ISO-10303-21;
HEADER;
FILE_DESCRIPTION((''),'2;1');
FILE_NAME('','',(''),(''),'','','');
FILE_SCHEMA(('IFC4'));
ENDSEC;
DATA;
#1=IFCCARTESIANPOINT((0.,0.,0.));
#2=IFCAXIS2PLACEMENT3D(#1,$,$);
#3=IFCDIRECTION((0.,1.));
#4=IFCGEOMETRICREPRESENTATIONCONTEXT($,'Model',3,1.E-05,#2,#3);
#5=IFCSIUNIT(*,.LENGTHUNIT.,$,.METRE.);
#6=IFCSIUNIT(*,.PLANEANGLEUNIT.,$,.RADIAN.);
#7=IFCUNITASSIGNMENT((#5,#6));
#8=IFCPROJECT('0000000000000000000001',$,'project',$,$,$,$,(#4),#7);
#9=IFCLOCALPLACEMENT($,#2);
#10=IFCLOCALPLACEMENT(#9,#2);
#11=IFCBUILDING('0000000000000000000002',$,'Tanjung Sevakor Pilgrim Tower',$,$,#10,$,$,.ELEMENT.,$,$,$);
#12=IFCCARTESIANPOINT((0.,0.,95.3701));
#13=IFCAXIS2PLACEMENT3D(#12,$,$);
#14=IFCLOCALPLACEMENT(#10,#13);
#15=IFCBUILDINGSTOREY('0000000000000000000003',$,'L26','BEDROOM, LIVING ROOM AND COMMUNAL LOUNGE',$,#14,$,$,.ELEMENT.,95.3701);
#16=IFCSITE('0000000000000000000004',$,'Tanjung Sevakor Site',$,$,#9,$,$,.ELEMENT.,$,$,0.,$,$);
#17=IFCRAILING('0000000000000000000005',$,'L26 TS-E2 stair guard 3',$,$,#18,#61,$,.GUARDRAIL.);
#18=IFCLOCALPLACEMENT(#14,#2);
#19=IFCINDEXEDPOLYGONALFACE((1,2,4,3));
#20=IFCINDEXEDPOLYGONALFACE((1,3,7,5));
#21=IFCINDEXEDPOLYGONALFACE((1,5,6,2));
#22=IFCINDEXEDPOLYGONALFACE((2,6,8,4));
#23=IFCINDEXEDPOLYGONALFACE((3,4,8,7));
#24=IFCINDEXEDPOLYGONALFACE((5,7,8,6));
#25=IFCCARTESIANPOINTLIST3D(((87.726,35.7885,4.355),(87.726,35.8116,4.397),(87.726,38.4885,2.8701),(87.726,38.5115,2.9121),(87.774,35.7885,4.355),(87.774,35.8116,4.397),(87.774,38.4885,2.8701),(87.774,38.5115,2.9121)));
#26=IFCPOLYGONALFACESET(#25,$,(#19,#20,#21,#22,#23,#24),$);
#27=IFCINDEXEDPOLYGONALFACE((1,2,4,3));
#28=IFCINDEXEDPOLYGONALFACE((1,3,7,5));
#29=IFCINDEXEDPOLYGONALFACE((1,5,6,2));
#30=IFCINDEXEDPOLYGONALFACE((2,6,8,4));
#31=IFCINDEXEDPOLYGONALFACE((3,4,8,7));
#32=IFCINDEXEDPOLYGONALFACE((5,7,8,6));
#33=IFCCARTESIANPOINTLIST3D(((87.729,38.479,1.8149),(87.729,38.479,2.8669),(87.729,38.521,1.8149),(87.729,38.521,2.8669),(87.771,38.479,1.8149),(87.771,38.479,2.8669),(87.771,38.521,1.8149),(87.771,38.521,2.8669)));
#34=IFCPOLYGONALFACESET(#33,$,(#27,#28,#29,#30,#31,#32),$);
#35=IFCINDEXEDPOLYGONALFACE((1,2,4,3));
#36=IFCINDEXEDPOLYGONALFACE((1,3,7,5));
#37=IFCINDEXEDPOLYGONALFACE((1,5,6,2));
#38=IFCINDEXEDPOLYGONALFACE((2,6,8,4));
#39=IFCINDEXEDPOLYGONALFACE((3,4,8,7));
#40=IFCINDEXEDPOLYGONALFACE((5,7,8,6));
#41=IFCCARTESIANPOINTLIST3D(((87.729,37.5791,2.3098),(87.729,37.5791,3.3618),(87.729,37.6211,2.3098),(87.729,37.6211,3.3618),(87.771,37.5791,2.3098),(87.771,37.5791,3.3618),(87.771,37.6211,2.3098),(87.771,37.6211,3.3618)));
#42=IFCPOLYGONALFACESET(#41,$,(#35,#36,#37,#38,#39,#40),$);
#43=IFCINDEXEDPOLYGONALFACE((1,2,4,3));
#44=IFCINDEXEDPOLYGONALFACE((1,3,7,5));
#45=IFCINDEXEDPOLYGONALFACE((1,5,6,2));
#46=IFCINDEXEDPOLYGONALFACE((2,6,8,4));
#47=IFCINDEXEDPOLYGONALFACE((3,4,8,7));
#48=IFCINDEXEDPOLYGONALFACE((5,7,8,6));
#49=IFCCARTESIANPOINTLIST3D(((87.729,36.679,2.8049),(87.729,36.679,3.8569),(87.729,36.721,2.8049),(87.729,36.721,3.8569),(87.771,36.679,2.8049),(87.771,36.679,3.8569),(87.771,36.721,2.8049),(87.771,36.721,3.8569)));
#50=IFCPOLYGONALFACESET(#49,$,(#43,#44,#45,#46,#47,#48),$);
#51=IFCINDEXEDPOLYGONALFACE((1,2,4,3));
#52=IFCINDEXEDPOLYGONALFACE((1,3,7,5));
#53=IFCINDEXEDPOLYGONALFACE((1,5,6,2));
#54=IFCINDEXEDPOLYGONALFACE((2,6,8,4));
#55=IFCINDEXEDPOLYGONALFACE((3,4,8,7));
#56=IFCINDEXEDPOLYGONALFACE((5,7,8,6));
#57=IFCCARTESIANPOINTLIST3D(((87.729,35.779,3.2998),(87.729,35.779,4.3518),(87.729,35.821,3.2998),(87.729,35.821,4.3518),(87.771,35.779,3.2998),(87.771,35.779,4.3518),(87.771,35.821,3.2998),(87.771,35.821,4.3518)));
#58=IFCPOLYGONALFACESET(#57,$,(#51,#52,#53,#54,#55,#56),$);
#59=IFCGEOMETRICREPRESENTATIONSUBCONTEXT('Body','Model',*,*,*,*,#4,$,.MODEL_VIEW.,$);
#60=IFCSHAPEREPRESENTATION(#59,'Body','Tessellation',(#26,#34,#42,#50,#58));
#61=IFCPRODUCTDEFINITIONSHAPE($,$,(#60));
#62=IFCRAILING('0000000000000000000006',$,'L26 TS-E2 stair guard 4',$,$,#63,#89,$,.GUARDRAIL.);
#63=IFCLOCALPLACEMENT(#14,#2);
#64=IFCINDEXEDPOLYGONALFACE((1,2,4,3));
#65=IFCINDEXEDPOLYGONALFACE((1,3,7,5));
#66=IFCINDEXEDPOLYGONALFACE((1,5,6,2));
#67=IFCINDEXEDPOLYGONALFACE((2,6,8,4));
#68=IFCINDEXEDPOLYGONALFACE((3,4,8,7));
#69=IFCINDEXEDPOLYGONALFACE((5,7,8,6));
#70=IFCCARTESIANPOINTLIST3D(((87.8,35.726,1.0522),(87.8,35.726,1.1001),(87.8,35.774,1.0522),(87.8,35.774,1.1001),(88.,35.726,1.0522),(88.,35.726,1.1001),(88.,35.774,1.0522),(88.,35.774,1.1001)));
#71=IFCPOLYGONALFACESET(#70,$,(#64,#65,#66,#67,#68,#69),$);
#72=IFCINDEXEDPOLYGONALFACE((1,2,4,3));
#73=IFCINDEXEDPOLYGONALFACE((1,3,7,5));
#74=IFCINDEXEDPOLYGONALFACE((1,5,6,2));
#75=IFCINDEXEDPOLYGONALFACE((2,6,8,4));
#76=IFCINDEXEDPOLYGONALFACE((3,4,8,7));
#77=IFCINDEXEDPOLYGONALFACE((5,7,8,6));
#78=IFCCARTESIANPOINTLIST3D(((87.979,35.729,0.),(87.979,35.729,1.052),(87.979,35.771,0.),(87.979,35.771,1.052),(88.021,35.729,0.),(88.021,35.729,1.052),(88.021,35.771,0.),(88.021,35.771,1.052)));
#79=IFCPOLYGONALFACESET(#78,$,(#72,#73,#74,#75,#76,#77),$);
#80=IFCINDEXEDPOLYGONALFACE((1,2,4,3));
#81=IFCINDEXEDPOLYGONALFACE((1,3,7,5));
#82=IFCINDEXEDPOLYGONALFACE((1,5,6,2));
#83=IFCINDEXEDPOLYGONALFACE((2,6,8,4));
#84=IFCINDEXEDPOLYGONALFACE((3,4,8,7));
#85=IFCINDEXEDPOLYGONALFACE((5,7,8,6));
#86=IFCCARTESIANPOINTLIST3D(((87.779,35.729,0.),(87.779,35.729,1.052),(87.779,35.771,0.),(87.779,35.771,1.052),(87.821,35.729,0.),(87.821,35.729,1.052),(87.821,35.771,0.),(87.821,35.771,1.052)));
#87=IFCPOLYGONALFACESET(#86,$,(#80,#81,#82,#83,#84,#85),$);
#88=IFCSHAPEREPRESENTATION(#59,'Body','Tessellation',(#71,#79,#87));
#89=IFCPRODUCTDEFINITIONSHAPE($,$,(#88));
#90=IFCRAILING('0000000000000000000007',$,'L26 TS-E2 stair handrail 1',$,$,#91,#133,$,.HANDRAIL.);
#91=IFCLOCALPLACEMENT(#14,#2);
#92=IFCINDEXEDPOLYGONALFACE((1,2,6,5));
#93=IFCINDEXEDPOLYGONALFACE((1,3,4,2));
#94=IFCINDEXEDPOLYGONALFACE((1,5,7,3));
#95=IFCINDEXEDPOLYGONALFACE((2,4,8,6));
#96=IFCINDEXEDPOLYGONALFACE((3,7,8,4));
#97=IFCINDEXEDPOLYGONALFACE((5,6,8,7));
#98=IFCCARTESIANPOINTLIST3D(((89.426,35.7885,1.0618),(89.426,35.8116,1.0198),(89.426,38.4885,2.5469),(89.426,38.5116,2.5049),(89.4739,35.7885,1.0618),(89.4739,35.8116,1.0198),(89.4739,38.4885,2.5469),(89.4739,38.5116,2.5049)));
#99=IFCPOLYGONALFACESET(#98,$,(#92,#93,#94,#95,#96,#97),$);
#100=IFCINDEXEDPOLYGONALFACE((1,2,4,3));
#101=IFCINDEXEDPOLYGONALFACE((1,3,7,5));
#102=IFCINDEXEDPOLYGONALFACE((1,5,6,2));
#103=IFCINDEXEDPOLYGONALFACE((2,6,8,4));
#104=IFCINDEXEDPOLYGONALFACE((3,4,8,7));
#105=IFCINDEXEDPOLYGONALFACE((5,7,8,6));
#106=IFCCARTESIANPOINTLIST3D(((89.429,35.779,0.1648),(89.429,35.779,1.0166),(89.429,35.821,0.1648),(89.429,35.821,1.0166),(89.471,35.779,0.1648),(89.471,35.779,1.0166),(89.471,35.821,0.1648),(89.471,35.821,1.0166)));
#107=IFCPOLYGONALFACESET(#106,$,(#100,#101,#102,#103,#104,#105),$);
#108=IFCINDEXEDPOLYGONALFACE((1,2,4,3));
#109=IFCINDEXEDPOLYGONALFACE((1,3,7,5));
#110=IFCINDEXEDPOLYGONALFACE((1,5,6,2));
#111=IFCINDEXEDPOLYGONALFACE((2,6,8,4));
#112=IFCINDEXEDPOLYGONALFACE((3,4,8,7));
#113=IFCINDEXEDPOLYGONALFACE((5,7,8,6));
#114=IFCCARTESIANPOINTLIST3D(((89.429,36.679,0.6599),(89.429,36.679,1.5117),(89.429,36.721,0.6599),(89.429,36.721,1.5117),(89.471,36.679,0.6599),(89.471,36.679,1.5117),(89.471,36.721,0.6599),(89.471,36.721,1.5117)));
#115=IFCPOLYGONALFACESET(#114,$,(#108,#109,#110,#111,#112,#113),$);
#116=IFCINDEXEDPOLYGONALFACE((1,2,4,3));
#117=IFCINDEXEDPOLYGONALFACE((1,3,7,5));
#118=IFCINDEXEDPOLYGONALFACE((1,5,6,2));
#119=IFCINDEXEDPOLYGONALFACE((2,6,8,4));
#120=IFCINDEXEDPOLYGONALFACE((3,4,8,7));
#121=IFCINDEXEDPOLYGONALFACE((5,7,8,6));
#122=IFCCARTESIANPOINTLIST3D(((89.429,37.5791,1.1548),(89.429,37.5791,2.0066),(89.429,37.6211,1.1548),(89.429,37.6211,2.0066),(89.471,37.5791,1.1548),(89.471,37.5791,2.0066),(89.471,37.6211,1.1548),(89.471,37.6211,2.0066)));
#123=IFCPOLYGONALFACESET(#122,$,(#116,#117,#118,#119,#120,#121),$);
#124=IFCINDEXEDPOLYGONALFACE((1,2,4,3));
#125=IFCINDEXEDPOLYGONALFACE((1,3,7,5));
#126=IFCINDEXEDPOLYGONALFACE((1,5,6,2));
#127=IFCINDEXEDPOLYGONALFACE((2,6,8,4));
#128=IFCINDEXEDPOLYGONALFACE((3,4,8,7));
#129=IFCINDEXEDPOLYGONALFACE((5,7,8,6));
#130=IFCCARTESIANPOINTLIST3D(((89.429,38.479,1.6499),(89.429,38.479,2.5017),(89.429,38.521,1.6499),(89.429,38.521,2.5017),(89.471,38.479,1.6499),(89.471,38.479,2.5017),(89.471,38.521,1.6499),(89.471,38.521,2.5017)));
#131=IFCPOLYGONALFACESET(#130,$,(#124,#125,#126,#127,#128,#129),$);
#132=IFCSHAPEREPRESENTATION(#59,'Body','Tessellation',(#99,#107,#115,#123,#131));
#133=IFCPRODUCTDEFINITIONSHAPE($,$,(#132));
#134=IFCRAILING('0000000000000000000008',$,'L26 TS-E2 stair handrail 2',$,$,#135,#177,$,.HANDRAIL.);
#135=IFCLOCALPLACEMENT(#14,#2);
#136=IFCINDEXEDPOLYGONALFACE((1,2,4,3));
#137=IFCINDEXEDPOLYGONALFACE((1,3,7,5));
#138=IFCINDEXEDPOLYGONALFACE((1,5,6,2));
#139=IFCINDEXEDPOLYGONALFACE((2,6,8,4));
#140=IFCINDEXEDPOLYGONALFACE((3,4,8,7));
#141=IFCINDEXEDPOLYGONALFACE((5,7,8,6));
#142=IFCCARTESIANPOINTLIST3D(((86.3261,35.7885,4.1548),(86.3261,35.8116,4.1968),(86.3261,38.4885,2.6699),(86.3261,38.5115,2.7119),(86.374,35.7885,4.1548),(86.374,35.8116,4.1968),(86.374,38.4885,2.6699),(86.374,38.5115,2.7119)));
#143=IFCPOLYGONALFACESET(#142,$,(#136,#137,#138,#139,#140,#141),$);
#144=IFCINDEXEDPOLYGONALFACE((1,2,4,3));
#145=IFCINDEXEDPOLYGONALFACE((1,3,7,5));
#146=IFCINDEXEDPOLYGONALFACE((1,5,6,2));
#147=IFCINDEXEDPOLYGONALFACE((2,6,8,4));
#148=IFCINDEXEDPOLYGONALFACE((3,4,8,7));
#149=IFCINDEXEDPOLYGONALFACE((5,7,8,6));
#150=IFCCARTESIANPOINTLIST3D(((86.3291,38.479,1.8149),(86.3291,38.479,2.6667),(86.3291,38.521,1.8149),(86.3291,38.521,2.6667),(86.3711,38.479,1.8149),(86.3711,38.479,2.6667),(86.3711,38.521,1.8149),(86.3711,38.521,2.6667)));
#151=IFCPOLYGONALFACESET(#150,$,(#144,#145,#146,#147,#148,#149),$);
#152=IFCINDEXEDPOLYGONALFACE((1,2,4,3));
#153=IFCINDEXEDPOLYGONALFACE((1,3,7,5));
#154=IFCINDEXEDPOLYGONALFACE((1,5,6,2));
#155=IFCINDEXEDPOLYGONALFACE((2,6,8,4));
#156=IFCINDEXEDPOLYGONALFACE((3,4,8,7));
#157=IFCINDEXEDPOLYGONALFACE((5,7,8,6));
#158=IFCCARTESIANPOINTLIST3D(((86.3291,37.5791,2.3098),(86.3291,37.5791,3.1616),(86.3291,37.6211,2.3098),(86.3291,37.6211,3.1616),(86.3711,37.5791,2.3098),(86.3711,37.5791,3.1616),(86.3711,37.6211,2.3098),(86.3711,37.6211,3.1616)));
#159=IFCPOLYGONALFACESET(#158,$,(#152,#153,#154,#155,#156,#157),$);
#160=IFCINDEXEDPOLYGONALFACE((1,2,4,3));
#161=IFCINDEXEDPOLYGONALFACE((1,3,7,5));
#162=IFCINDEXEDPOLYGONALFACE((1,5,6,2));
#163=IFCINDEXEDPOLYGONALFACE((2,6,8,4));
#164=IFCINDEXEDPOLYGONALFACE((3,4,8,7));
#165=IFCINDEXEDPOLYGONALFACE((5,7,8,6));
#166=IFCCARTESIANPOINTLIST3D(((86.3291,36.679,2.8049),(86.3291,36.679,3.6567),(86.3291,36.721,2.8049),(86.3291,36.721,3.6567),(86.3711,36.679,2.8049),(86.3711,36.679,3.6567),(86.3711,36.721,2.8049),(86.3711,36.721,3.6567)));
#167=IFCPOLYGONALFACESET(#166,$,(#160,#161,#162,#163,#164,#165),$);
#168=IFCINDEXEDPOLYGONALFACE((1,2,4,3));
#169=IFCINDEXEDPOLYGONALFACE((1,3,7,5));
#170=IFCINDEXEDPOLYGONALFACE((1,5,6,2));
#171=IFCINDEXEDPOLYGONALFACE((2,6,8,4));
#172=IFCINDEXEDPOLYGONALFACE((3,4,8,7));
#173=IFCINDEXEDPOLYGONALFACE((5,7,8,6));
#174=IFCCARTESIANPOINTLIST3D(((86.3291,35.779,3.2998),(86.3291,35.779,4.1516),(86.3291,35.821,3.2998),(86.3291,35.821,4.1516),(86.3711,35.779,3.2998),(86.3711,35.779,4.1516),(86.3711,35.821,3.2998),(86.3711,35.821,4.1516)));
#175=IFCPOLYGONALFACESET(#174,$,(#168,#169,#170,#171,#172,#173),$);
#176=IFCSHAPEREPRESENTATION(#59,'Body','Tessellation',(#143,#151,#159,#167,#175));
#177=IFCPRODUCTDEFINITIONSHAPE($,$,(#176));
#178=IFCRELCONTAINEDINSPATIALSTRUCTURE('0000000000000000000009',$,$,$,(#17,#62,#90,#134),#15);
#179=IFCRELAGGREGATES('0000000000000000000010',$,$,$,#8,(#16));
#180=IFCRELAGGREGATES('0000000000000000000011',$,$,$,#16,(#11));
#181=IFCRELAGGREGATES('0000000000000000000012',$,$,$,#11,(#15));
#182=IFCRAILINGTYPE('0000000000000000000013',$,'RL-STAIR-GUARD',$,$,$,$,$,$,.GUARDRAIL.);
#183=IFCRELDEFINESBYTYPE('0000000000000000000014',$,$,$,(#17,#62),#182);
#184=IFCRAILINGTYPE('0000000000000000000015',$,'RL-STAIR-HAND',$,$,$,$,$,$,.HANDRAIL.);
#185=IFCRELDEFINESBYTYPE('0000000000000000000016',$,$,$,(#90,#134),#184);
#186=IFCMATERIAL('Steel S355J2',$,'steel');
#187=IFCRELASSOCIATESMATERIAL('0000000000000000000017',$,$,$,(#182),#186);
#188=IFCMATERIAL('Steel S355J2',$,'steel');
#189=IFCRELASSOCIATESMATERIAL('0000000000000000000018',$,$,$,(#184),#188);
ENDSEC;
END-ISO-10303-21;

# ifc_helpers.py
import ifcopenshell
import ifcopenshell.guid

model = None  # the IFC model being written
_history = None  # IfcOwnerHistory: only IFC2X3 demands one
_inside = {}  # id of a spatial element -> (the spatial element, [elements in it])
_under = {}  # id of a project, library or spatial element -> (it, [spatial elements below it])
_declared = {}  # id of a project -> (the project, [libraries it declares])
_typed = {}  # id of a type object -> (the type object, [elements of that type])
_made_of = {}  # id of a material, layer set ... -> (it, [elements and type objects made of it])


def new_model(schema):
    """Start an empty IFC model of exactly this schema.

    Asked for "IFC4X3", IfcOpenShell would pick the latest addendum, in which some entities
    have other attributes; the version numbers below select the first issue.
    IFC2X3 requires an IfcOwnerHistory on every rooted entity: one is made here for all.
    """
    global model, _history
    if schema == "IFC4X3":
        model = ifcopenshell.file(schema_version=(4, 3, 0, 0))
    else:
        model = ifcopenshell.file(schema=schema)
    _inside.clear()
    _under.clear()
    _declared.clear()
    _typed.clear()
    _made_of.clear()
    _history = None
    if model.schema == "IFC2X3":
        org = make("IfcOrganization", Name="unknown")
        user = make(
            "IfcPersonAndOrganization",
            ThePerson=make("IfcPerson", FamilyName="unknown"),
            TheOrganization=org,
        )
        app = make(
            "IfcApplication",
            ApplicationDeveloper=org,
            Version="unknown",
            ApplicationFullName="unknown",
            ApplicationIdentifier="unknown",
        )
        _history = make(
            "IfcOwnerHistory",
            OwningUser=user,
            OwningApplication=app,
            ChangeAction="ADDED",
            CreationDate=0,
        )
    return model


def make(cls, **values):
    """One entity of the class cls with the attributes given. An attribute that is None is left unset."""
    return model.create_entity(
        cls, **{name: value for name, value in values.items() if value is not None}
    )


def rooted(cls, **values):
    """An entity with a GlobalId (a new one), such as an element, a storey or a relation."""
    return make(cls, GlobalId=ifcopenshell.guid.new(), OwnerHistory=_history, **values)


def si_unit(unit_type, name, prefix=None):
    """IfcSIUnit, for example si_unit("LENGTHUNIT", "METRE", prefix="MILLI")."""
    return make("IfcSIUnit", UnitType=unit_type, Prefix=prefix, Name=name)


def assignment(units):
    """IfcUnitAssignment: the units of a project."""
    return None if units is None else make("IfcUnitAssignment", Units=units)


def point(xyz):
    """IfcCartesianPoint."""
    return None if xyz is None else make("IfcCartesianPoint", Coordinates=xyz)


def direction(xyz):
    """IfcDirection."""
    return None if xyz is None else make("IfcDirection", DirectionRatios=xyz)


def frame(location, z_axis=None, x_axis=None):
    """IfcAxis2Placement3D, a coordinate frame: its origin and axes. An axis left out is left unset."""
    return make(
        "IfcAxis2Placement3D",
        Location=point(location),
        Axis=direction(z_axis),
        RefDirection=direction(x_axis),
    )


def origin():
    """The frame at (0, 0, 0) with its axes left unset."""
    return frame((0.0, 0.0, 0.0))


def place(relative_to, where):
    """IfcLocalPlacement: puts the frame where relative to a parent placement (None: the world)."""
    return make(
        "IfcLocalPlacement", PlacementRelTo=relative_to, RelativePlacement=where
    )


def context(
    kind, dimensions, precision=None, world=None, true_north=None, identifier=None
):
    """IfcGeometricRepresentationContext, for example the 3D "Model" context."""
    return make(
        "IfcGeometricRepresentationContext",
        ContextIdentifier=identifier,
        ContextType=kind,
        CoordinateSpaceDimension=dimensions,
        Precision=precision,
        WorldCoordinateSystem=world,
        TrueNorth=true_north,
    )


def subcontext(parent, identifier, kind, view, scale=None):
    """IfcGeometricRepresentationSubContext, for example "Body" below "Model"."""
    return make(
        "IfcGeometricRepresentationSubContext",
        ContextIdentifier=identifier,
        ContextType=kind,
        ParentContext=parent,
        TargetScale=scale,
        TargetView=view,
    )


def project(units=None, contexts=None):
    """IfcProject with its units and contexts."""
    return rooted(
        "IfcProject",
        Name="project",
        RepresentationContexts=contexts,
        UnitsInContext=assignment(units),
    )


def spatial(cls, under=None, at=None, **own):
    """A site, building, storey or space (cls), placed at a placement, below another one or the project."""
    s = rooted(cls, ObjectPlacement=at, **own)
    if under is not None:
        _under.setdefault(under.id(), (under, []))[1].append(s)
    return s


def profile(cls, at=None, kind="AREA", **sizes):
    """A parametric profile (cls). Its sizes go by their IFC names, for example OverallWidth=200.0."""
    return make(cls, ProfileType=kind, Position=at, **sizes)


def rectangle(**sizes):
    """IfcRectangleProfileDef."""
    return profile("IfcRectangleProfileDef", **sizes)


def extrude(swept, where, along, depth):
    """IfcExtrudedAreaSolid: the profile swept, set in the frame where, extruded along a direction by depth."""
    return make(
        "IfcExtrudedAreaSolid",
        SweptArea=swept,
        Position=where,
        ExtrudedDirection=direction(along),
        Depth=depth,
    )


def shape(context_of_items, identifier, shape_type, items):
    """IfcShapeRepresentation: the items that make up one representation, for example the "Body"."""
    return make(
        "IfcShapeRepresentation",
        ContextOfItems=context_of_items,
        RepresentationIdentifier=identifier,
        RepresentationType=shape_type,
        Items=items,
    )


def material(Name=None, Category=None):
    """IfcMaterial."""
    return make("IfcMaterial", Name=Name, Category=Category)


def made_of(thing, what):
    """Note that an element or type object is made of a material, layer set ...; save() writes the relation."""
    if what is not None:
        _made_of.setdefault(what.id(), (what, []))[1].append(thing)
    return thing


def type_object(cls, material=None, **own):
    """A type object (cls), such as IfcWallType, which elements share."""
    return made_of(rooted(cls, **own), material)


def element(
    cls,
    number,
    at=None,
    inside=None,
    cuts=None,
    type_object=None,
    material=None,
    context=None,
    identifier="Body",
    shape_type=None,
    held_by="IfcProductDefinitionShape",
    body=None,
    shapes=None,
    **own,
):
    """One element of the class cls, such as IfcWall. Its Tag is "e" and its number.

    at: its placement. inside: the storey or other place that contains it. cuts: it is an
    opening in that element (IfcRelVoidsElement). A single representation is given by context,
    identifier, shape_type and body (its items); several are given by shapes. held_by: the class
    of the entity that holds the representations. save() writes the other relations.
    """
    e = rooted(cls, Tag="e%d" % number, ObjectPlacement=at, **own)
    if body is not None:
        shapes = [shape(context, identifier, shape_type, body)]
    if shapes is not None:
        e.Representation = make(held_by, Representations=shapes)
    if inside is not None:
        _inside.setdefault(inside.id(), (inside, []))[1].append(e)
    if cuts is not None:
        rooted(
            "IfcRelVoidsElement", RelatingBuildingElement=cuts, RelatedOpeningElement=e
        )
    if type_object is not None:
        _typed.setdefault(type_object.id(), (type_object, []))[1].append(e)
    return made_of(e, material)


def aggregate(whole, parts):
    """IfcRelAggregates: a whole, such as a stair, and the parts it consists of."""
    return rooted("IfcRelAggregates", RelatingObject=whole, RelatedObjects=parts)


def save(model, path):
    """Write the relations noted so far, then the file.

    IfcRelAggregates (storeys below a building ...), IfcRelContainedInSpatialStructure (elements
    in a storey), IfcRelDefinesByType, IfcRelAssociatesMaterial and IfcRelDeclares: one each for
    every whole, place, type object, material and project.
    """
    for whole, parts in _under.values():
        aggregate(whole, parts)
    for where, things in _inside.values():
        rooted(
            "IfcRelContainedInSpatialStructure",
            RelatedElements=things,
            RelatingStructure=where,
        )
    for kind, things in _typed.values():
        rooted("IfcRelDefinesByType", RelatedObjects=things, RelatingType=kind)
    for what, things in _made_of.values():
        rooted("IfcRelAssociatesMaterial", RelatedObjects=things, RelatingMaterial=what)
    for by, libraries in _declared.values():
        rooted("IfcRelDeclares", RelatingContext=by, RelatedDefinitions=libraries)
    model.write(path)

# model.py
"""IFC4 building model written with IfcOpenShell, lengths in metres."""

from ifc_helpers import new_model, si_unit, direction, frame, origin, place, context, subcontext, project, spatial, rectangle, extrude, material, type_object, element, save


model = new_model("IFC4")

# Units and contexts
model_context = context("Model", 3, precision=1e-05, world=origin(), true_north=direction((0.0, 1.0)))
body_context = subcontext(model_context, "Body", "Model", "MODEL_VIEW")
ifc_project = project(units=[si_unit("LENGTHUNIT", "METRE"), si_unit("PLANEANGLEUNIT", "RADIAN")], contexts=[model_context])

# Site, building, storey
site_placement = place(None, origin())
site = spatial("IfcSite", under=ifc_project, at=site_placement, Name="Tanjung Sevakor Site", CompositionType="ELEMENT", RefElevation=0.0)
building_placement = place(site_placement, origin())
building = spatial("IfcBuilding", under=site, at=building_placement, Name="Tanjung Sevakor Pilgrim Tower", CompositionType="ELEMENT")
storey_placement = place(building_placement, frame((0.0, 0.0, 95.3701)))
storey = spatial("IfcBuildingStorey", under=building, at=storey_placement, Name="L26", Description="BEDROOM, LIVING ROOM AND COMMUNAL LOUNGE", CompositionType="ELEMENT", Elevation=95.3701)

# Railings
ifc_material_1 = material(Name="Steel S355J2", Category="steel")
railing_type_1 = type_object("IfcRailingType", Name="RL-STAIR-GUARD", PredefinedType="GUARDRAIL", material=ifc_material_1)
railing_1_placement = place(storey_placement, frame((87.75, 38.5, 1.8149)))
element("IfcRailing", 1, at=railing_1_placement, inside=storey, type_object=railing_type_1, Name="L26 TS-E2 stair guard 3", PredefinedType="GUARDRAIL", context=body_context, shape_type="SweptSolid", body=[
    extrude(rectangle(XDim=0.0479, YDim=0.0479), frame((0.0, 0.0, 1.0762), z_axis=(0.0, -0.876231, 0.481891), x_axis=(1.0, 0.0, 0.0)), (0.0, 0.0, 1.0), 3.0813),
    extrude(rectangle(XDim=0.042, YDim=0.042), origin(), (0.0, 0.0, 1.0), 1.052),
    extrude(rectangle(XDim=0.042, YDim=0.042), frame((0.0, -0.8999, 0.4949)), (0.0, 0.0, 1.0), 1.052),
    extrude(rectangle(XDim=0.042, YDim=0.042), frame((0.0, -1.8, 0.99)), (0.0, 0.0, 1.0), 1.052),
    extrude(rectangle(XDim=0.042, YDim=0.042), frame((0.0, -2.7, 1.4849)), (0.0, 0.0, 1.0), 1.052),
])
railing_2_placement = place(storey_placement, frame((88.0, 35.75, 0.0)))
element("IfcRailing", 2, at=railing_2_placement, inside=storey, type_object=railing_type_1, Name="L26 TS-E2 stair guard 4", PredefinedType="GUARDRAIL", context=body_context, shape_type="SweptSolid", body=[
    extrude(rectangle(XDim=0.0479, YDim=0.0479), frame((0.0, 0.0, 1.0762), z_axis=(-1.0, 0.0, 0.0), x_axis=(0.0, -1.0, 0.0)), (0.0, 0.0, 1.0), 0.2),
    extrude(rectangle(XDim=0.042, YDim=0.042), origin(), (0.0, 0.0, 1.0), 1.052),
    extrude(rectangle(XDim=0.042, YDim=0.042), frame((-0.2, 0.0, 0.0)), (0.0, 0.0, 1.0), 1.052),
])
ifc_material_2 = material(Name="Steel S355J2", Category="steel")
railing_type_2 = type_object("IfcRailingType", Name="RL-STAIR-HAND", PredefinedType="HANDRAIL", material=ifc_material_2)
railing_3_placement = place(storey_placement, frame((89.45, 35.8, 0.1648)))
element("IfcRailing", 3, at=railing_3_placement, inside=storey, type_object=railing_type_2, Name="L26 TS-E2 stair handrail 1", PredefinedType="HANDRAIL", context=body_context, shape_type="SweptSolid", body=[
    extrude(rectangle(XDim=0.0479, YDim=0.0479), frame((0.0, 0.0, 0.876), z_axis=(0.0, 0.876198, 0.481952), x_axis=(-1.0, 0.0, 0.0)), (0.0, 0.0, 1.0), 3.0815),
    extrude(rectangle(XDim=0.042, YDim=0.042), origin(), (0.0, 0.0, 1.0), 0.8518),
    extrude(rectangle(XDim=0.042, YDim=0.042), frame((0.0, 0.8999, 0.4951)), (0.0, 0.0, 1.0), 0.8518),
    extrude(rectangle(XDim=0.042, YDim=0.042), frame((0.0, 1.8, 0.99)), (0.0, 0.0, 1.0), 0.8518),
    extrude(rectangle(XDim=0.042, YDim=0.042), frame((0.0, 2.7, 1.4851)), (0.0, 0.0, 1.0), 0.8518),
])
railing_4_placement = place(storey_placement, frame((86.3501, 38.5, 1.8149)))
element("IfcRailing", 4, at=railing_4_placement, inside=storey, type_object=railing_type_2, Name="L26 TS-E2 stair handrail 2", PredefinedType="HANDRAIL", context=body_context, shape_type="SweptSolid", body=[
    extrude(rectangle(XDim=0.0479, YDim=0.0479), frame((0.0, 0.0, 0.876), z_axis=(0.0, -0.876231, 0.481891), x_axis=(1.0, 0.0, 0.0)), (0.0, 0.0, 1.0), 3.0813),
    extrude(rectangle(XDim=0.042, YDim=0.042), origin(), (0.0, 0.0, 1.0), 0.8518),
    extrude(rectangle(XDim=0.042, YDim=0.042), frame((0.0, -0.8999, 0.4949)), (0.0, 0.0, 1.0), 0.8518),
    extrude(rectangle(XDim=0.042, YDim=0.042), frame((0.0, -1.8, 0.99)), (0.0, 0.0, 1.0), 0.8518),
    extrude(rectangle(XDim=0.042, YDim=0.042), frame((0.0, -2.7, 1.4849)), (0.0, 0.0, 1.0), 0.8518),
])

save(model, "model.ifc")
